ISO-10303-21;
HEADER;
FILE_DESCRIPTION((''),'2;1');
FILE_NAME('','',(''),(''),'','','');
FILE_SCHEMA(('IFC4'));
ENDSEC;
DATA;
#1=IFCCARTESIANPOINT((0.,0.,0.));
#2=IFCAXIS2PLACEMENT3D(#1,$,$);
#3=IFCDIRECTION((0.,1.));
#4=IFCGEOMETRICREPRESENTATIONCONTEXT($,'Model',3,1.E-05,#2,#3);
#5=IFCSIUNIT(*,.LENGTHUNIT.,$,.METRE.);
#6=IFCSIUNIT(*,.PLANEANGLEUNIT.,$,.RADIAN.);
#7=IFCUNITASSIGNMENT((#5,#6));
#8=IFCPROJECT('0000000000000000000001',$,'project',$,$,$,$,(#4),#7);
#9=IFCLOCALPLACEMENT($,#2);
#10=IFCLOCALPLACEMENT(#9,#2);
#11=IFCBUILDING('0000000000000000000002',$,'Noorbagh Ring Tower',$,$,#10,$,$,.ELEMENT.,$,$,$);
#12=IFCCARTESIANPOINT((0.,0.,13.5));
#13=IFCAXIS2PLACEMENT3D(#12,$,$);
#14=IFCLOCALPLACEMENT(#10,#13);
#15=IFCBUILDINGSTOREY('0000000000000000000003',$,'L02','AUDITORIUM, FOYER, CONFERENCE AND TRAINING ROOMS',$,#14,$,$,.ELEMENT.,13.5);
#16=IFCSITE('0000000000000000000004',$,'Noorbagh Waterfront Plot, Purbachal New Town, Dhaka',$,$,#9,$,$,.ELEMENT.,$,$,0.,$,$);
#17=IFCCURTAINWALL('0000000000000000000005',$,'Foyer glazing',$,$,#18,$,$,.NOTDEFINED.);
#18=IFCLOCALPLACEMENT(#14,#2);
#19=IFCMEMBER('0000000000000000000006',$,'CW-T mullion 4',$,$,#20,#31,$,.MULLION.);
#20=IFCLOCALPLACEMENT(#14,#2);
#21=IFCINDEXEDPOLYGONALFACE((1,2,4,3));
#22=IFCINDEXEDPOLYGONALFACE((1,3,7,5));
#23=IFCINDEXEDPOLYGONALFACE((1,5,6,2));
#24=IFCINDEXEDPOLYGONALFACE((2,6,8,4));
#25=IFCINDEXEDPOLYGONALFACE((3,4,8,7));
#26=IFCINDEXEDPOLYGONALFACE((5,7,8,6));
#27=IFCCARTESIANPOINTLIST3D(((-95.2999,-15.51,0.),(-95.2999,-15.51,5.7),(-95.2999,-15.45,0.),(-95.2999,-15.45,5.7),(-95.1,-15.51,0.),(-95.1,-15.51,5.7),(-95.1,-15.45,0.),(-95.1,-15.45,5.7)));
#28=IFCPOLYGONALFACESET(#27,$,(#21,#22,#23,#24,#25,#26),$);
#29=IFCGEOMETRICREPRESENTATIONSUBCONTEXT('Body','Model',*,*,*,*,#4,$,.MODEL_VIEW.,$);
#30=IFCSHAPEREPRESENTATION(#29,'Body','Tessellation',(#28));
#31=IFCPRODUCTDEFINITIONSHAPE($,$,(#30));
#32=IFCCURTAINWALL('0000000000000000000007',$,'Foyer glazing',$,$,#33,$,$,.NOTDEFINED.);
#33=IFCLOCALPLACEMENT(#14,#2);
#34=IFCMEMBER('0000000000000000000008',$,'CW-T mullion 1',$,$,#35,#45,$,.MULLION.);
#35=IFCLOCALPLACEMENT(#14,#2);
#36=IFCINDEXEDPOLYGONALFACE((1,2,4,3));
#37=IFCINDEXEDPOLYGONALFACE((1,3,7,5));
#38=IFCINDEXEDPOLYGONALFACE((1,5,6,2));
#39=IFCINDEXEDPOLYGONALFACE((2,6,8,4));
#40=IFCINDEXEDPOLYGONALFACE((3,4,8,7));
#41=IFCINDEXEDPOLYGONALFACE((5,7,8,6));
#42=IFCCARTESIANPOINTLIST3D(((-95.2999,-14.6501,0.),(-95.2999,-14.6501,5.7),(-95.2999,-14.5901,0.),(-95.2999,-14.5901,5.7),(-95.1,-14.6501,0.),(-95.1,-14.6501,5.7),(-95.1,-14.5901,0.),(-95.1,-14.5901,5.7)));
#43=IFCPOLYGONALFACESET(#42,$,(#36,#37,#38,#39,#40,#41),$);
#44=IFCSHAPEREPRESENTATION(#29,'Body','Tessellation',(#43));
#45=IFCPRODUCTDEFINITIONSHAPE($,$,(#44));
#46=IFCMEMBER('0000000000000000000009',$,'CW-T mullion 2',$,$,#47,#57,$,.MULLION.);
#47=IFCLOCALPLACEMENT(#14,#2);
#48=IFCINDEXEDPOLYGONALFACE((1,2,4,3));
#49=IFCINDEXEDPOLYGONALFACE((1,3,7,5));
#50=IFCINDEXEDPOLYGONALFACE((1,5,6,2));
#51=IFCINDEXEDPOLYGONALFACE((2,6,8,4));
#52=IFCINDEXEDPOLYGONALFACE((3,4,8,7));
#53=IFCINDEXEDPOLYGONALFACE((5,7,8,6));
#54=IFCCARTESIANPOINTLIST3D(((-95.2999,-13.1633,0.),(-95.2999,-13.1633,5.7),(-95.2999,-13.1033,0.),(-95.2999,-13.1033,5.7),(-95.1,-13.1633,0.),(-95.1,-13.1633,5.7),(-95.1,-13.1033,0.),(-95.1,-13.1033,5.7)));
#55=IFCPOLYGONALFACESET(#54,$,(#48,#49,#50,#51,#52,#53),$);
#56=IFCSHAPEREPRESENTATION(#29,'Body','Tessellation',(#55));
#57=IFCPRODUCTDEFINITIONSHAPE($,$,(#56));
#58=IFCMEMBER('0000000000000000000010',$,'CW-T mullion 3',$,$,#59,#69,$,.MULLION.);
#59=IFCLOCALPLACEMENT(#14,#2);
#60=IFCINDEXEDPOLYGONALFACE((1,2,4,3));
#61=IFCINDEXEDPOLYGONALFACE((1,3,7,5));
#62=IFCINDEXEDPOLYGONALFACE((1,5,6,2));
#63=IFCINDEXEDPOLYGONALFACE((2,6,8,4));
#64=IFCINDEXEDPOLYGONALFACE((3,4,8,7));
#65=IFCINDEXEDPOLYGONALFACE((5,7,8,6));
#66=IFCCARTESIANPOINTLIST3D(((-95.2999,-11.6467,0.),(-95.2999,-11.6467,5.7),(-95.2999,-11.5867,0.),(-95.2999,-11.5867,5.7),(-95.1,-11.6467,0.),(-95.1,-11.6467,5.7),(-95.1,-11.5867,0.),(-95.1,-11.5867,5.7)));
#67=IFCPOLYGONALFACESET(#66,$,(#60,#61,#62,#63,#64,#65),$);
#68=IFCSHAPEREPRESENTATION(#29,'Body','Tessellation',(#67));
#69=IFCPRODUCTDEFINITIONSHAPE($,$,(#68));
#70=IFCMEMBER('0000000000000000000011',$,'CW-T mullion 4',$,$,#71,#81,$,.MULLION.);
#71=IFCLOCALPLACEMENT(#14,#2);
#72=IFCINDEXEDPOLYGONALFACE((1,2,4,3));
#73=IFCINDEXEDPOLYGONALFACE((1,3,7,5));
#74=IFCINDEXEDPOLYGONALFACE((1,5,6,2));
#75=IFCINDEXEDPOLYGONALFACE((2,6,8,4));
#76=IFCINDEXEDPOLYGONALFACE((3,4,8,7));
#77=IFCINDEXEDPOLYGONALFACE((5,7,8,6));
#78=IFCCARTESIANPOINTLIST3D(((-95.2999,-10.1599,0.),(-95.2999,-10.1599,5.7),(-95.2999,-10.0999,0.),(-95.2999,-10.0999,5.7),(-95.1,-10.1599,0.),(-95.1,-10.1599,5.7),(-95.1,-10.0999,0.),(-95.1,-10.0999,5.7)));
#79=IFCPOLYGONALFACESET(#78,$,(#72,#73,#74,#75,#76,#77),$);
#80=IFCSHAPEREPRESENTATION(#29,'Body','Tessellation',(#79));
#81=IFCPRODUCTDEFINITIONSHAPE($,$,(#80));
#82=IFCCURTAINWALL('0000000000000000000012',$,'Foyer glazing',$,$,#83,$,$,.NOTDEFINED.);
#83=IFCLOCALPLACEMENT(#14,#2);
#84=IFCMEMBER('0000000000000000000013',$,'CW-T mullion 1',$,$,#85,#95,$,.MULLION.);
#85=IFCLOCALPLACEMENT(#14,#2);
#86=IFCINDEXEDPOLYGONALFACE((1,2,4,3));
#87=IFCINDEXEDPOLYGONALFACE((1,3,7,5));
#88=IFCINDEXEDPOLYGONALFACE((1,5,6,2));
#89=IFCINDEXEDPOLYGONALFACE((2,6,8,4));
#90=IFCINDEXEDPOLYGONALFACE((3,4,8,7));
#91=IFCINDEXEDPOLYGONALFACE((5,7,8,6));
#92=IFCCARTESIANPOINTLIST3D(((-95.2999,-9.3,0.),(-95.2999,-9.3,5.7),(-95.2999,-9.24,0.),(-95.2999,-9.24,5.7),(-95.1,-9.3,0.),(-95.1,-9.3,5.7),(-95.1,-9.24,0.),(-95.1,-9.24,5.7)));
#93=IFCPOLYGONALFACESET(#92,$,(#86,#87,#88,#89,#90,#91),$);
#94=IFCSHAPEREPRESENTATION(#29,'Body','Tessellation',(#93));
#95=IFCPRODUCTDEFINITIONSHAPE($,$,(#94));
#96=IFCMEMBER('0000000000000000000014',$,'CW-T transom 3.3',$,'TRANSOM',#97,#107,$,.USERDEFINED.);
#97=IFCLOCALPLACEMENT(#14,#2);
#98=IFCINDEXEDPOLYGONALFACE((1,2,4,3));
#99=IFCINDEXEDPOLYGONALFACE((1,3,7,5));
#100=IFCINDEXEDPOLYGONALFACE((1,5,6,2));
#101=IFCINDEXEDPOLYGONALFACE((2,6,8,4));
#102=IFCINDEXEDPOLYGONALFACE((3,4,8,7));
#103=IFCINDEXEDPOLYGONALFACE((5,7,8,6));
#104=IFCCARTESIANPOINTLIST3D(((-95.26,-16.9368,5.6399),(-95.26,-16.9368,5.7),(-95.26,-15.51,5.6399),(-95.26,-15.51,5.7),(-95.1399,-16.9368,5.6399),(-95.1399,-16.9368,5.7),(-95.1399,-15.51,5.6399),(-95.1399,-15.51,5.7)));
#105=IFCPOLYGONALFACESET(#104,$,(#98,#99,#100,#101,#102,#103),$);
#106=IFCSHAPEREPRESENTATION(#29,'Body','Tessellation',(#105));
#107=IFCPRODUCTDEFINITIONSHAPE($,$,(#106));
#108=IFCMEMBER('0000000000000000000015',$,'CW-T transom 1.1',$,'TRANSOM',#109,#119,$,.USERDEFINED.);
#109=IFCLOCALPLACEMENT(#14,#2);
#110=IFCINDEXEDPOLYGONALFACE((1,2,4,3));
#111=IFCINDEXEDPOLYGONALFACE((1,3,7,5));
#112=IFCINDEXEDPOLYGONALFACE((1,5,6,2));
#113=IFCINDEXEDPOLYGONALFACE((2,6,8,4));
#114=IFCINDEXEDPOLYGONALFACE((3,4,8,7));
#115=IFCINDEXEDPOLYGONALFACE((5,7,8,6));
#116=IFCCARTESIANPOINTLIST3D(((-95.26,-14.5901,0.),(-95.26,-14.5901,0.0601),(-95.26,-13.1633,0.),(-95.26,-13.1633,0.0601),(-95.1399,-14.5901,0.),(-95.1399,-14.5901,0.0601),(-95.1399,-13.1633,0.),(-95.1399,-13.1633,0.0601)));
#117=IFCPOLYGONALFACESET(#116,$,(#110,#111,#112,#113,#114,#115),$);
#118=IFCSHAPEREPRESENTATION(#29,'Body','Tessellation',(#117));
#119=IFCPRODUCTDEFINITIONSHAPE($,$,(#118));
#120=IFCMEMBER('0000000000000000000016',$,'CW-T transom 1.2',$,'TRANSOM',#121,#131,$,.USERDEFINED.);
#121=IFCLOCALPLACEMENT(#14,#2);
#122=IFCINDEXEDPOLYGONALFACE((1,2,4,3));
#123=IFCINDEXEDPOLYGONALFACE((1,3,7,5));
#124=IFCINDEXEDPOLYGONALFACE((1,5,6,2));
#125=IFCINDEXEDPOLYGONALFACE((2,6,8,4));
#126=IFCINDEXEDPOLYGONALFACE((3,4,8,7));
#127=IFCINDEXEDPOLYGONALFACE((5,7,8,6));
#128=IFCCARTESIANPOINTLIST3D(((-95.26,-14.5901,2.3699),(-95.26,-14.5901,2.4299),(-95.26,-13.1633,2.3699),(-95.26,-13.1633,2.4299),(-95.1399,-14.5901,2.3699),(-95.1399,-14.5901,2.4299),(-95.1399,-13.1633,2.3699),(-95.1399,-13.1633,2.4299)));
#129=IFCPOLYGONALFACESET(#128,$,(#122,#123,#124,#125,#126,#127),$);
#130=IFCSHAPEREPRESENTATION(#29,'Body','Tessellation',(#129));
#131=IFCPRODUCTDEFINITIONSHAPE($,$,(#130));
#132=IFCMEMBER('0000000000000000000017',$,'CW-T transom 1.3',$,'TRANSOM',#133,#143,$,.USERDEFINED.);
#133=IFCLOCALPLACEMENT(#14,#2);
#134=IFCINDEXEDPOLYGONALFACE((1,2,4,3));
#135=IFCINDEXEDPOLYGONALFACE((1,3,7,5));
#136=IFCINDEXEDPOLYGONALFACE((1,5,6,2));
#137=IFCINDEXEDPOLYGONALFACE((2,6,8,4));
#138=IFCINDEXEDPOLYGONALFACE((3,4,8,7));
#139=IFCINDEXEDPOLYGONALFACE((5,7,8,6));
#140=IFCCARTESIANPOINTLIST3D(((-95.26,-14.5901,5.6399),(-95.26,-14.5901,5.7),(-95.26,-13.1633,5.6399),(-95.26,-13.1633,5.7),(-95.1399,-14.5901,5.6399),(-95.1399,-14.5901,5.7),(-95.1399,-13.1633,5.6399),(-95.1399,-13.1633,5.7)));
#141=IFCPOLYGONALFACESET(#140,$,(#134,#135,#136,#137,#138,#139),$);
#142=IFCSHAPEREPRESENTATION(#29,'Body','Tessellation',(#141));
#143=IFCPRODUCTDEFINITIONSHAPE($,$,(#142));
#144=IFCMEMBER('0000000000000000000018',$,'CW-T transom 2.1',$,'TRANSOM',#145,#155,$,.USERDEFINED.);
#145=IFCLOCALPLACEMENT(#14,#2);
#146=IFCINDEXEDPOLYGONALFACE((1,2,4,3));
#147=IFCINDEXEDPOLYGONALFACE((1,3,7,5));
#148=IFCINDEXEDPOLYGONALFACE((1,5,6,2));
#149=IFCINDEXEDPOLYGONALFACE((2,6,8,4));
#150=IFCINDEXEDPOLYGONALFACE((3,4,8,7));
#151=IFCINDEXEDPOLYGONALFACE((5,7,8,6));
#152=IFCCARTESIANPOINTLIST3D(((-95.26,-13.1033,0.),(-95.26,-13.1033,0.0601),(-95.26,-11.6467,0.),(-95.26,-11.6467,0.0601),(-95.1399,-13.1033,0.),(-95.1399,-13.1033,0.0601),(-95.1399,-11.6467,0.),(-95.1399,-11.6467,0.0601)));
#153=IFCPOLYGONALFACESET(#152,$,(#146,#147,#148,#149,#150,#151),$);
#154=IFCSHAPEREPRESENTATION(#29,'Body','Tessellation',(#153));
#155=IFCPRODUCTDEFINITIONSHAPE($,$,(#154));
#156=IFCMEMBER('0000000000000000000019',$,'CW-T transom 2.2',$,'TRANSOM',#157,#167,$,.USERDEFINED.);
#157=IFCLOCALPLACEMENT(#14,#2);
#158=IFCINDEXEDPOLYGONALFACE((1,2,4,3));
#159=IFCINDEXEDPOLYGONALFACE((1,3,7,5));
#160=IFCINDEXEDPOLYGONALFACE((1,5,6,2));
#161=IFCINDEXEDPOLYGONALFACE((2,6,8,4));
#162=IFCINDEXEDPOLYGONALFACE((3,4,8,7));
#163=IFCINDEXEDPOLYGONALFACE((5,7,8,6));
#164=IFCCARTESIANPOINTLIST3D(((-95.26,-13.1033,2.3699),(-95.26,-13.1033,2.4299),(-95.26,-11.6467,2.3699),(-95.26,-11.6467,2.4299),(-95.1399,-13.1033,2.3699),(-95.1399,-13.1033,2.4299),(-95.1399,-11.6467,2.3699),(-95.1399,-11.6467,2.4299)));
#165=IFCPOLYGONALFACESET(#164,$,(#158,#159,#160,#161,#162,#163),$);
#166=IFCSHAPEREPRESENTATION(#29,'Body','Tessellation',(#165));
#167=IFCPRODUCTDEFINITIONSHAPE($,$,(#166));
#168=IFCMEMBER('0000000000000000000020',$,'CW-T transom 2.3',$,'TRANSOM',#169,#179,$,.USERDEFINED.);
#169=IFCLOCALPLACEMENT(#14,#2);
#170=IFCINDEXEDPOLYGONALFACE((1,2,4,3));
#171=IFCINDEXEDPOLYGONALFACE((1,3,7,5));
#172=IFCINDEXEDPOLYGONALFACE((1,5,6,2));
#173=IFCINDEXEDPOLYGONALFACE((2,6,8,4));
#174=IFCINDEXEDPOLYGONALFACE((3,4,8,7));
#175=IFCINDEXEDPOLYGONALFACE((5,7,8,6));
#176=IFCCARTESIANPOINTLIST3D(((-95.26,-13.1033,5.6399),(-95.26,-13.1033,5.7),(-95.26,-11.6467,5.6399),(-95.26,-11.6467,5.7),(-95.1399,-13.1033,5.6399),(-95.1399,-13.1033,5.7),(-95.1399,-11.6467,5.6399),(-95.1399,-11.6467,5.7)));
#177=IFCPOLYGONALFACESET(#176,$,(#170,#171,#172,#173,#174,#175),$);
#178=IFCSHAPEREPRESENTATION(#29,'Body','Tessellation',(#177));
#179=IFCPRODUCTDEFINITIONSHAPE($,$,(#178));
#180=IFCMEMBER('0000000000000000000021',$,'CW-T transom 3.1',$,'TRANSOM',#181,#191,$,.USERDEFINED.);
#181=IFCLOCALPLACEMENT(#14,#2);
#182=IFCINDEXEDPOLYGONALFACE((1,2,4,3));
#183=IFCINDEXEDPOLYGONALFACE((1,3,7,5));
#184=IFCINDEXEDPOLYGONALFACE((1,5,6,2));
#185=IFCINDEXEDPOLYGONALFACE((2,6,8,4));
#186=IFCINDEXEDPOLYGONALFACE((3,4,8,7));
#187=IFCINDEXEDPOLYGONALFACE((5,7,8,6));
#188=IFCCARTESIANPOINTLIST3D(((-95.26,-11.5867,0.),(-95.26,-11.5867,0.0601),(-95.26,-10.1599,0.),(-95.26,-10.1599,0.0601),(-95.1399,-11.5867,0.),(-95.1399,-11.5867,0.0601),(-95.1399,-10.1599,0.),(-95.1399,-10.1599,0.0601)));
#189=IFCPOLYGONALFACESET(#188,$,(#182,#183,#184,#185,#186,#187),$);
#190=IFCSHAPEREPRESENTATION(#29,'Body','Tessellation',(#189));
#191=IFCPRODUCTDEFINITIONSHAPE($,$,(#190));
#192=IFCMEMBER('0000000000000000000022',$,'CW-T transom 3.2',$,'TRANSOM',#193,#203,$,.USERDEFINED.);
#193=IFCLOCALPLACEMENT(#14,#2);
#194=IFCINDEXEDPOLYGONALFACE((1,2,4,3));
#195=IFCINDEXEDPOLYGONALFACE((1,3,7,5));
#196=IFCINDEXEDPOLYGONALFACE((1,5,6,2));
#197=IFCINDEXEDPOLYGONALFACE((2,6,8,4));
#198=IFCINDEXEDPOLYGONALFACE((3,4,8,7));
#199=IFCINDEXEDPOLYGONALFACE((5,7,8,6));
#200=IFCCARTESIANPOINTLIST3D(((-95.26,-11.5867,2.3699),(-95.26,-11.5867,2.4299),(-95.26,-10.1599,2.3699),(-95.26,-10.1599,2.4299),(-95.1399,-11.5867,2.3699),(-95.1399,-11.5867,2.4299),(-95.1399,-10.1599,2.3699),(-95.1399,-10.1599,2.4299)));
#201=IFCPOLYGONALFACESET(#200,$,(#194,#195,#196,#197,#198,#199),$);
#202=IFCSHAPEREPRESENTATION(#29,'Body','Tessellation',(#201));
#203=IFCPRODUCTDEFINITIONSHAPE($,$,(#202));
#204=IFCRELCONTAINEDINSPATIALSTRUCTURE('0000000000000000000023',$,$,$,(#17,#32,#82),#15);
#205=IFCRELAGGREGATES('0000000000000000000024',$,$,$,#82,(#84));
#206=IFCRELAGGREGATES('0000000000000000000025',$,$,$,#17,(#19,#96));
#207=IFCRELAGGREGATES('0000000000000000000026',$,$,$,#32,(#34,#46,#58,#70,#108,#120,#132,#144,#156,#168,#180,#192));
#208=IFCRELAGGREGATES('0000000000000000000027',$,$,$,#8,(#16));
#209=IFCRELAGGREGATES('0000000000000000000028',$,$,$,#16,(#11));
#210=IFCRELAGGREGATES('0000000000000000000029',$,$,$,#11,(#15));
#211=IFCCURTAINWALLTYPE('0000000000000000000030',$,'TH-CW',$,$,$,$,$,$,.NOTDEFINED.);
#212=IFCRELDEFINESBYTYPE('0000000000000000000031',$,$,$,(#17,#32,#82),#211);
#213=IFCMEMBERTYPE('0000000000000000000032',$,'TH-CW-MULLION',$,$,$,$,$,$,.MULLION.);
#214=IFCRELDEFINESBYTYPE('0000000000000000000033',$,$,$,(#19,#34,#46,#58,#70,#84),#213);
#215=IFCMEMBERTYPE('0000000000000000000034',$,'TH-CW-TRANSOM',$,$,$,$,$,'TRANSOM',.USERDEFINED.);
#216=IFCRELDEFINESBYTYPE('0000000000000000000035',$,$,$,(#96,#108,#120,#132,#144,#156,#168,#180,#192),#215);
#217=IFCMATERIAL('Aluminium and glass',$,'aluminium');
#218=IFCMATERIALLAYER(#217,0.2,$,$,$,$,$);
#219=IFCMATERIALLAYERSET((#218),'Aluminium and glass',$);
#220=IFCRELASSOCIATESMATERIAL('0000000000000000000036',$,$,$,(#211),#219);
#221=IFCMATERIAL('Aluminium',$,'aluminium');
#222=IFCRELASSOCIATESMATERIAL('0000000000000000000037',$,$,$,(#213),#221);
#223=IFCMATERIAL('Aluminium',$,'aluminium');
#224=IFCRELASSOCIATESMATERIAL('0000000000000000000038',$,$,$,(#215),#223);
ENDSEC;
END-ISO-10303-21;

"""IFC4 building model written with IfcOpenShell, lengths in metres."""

from ifc_helpers import new_model, si_unit, direction, frame, origin, origin_2d, place, context, subcontext, project, spatial, rectangle, extrude, material, layer, layer_set, material_profile, profile_set, type_object, element, aggregate, save


model = new_model("IFC4")

# Units and contexts
model_context = context("Model", 3, precision=1e-05, world=origin(), true_north=direction((0.0, 1.0)))
body_context = subcontext(model_context, "Body", "Model", "MODEL_VIEW")
ifc_project = project(units=[si_unit("LENGTHUNIT", "METRE"), si_unit("PLANEANGLEUNIT", "RADIAN")], contexts=[model_context])

# Site, building, storey
site_placement = place(None, origin())
site = spatial("IfcSite", under=ifc_project, at=site_placement, Name="Noorbagh Waterfront Plot, Purbachal New Town, Dhaka", CompositionType="ELEMENT", RefElevation=0.0)
building_placement = place(site_placement, origin())
building = spatial("IfcBuilding", under=site, at=building_placement, Name="Noorbagh Ring Tower", CompositionType="ELEMENT")
storey_placement = place(building_placement, frame((0.0, 0.0, 13.5)))
storey = spatial("IfcBuildingStorey", under=building, at=storey_placement, Name="L02", Description="AUDITORIUM, FOYER, CONFERENCE AND TRAINING ROOMS", CompositionType="ELEMENT", Elevation=13.5)

# Curtain wall, member
ifc_material_1 = material(Name="Aluminium and glass", Category="aluminium")
ifc_layer_1 = layer(ifc_material_1, 0.2)
ifc_layer_set_1 = layer_set([ifc_layer_1], Name="Aluminium and glass")
curtain_wall_type = type_object("IfcCurtainWallType", Name="TH-CW", PredefinedType="NOTDEFINED", material=ifc_layer_set_1)
curtain_wall_1_placement = place(storey_placement, origin())
curtain_wall_1 = element("IfcCurtainWall", 1, at=curtain_wall_1_placement, inside=storey, type_object=curtain_wall_type, Name="Foyer glazing", PredefinedType="NOTDEFINED")
ifc_material_2 = material(Name="Aluminium", Category="aluminium")
ifc_material_profile_1 = material_profile(ifc_material_2, rectangle(XDim=0.2, YDim=0.0601, at=origin_2d()), Name="AL 200x60")
ifc_profile_set_1 = profile_set([ifc_material_profile_1], Name="Aluminium")
member_type_1 = type_object("IfcMemberType", Name="TH-CW-MULLION", PredefinedType="MULLION", material=ifc_profile_set_1)
member_1_placement = place(storey_placement, frame((-95.2, -15.48, 0.0), z_axis=(0.0, 0.0, 1.0), x_axis=(-1.0, 0.0, 0.0)))
member_1 = element("IfcMember", 2, at=member_1_placement, type_object=member_type_1, Name="CW-T mullion 4", PredefinedType="MULLION", context=body_context, shape_type="SweptSolid", body=[
    extrude(rectangle(XDim=0.2, YDim=0.0601, at=origin_2d()), origin(), (0.0, 0.0, 1.0), 5.7),
])

# Curtain wall, members
curtain_wall_2_placement = place(storey_placement, origin())
curtain_wall_2 = element("IfcCurtainWall", 3, at=curtain_wall_2_placement, inside=storey, type_object=curtain_wall_type, Name="Foyer glazing", PredefinedType="NOTDEFINED")
member_2_placement = place(storey_placement, frame((-95.2, -14.6201, 0.0), z_axis=(0.0, 0.0, 1.0), x_axis=(-1.0, 0.0, 0.0)))
member_2 = element("IfcMember", 4, at=member_2_placement, type_object=member_type_1, Name="CW-T mullion 1", PredefinedType="MULLION", context=body_context, shape_type="SweptSolid", body=[
    extrude(rectangle(XDim=0.2, YDim=0.0601, at=origin_2d()), origin(), (0.0, 0.0, 1.0), 5.7),
])
member_3_placement = place(storey_placement, frame((-95.2, -13.1333, 0.0), z_axis=(0.0, 0.0, 1.0), x_axis=(-1.0, 0.0, 0.0)))
member_3 = element("IfcMember", 5, at=member_3_placement, type_object=member_type_1, Name="CW-T mullion 2", PredefinedType="MULLION", context=body_context, shape_type="SweptSolid", body=[
    extrude(rectangle(XDim=0.2, YDim=0.0601, at=origin_2d()), origin(), (0.0, 0.0, 1.0), 5.7),
])
member_4_placement = place(storey_placement, frame((-95.2, -11.6167, 0.0), z_axis=(0.0, 0.0, 1.0), x_axis=(-1.0, 0.0, 0.0)))
member_4 = element("IfcMember", 6, at=member_4_placement, type_object=member_type_1, Name="CW-T mullion 3", PredefinedType="MULLION", context=body_context, shape_type="SweptSolid", body=[
    extrude(rectangle(XDim=0.2, YDim=0.0601, at=origin_2d()), origin(), (0.0, 0.0, 1.0), 5.7),
])
member_5_placement = place(storey_placement, frame((-95.2, -10.1299, 0.0), z_axis=(0.0, 0.0, 1.0), x_axis=(-1.0, 0.0, 0.0)))
member_5 = element("IfcMember", 7, at=member_5_placement, type_object=member_type_1, Name="CW-T mullion 4", PredefinedType="MULLION", context=body_context, shape_type="SweptSolid", body=[
    extrude(rectangle(XDim=0.2, YDim=0.0601, at=origin_2d()), origin(), (0.0, 0.0, 1.0), 5.7),
])

# Curtain wall, member
curtain_wall_3_placement = place(storey_placement, origin())
curtain_wall_3 = element("IfcCurtainWall", 8, at=curtain_wall_3_placement, inside=storey, type_object=curtain_wall_type, Name="Foyer glazing", PredefinedType="NOTDEFINED")
member_6_placement = place(storey_placement, frame((-95.2, -9.27, 0.0), z_axis=(0.0, 0.0, 1.0), x_axis=(-1.0, 0.0, 0.0)))
member_6 = element("IfcMember", 9, at=member_6_placement, type_object=member_type_1, Name="CW-T mullion 1", PredefinedType="MULLION", context=body_context, shape_type="SweptSolid", body=[
    extrude(rectangle(XDim=0.2, YDim=0.0601, at=origin_2d()), origin(), (0.0, 0.0, 1.0), 5.7),
])

# Members
ifc_material_3 = material(Name="Aluminium", Category="aluminium")
ifc_material_profile_2 = material_profile(ifc_material_3, rectangle(XDim=0.1201, YDim=0.0601, at=origin_2d()), Name="AL 120x60")
ifc_profile_set_2 = profile_set([ifc_material_profile_2], Name="Aluminium")
member_type_2 = type_object("IfcMemberType", Name="TH-CW-TRANSOM", ElementType="TRANSOM", PredefinedType="USERDEFINED", material=ifc_profile_set_2)
member_7_placement = place(storey_placement, frame((-95.2, -16.9368, 5.6699), z_axis=(0.0, 1.0, 0.0), x_axis=(-1.0, 0.0, 0.0)))
member_7 = element("IfcMember", 10, at=member_7_placement, type_object=member_type_2, Name="CW-T transom 3.3", ObjectType="TRANSOM", PredefinedType="USERDEFINED", context=body_context, shape_type="SweptSolid", body=[
    extrude(rectangle(XDim=0.1201, YDim=0.0601, at=origin_2d()), origin(), (0.0, 0.0, 1.0), 1.4268),
])
member_8_placement = place(storey_placement, frame((-95.2, -14.5901, 0.03), z_axis=(0.0, 1.0, 0.0), x_axis=(-1.0, 0.0, 0.0)))
member_8 = element("IfcMember", 11, at=member_8_placement, type_object=member_type_2, Name="CW-T transom 1.1", ObjectType="TRANSOM", PredefinedType="USERDEFINED", context=body_context, shape_type="SweptSolid", body=[
    extrude(rectangle(XDim=0.1201, YDim=0.0601, at=origin_2d()), origin(), (0.0, 0.0, 1.0), 1.4268),
])
member_9_placement = place(storey_placement, frame((-95.2, -14.5901, 2.3999), z_axis=(0.0, 1.0, 0.0), x_axis=(-1.0, 0.0, 0.0)))
member_9 = element("IfcMember", 12, at=member_9_placement, type_object=member_type_2, Name="CW-T transom 1.2", ObjectType="TRANSOM", PredefinedType="USERDEFINED", context=body_context, shape_type="SweptSolid", body=[
    extrude(rectangle(XDim=0.1201, YDim=0.0601, at=origin_2d()), origin(), (0.0, 0.0, 1.0), 1.4268),
])
member_10_placement = place(storey_placement, frame((-95.2, -14.5901, 5.6699), z_axis=(0.0, 1.0, 0.0), x_axis=(-1.0, 0.0, 0.0)))
member_10 = element("IfcMember", 13, at=member_10_placement, type_object=member_type_2, Name="CW-T transom 1.3", ObjectType="TRANSOM", PredefinedType="USERDEFINED", context=body_context, shape_type="SweptSolid", body=[
    extrude(rectangle(XDim=0.1201, YDim=0.0601, at=origin_2d()), origin(), (0.0, 0.0, 1.0), 1.4268),
])
member_11_placement = place(storey_placement, frame((-95.2, -13.1033, 0.03), z_axis=(0.0, 1.0, 0.0), x_axis=(-1.0, 0.0, 0.0)))
member_11 = element("IfcMember", 14, at=member_11_placement, type_object=member_type_2, Name="CW-T transom 2.1", ObjectType="TRANSOM", PredefinedType="USERDEFINED", context=body_context, shape_type="SweptSolid", body=[
    extrude(rectangle(XDim=0.1201, YDim=0.0601, at=origin_2d()), origin(), (0.0, 0.0, 1.0), 1.4565),
])
member_12_placement = place(storey_placement, frame((-95.2, -13.1033, 2.3999), z_axis=(0.0, 1.0, 0.0), x_axis=(-1.0, 0.0, 0.0)))
member_12 = element("IfcMember", 15, at=member_12_placement, type_object=member_type_2, Name="CW-T transom 2.2", ObjectType="TRANSOM", PredefinedType="USERDEFINED", context=body_context, shape_type="SweptSolid", body=[
    extrude(rectangle(XDim=0.1201, YDim=0.0601, at=origin_2d()), origin(), (0.0, 0.0, 1.0), 1.4565),
])
member_13_placement = place(storey_placement, frame((-95.2, -13.1033, 5.6699), z_axis=(0.0, 1.0, 0.0), x_axis=(-1.0, 0.0, 0.0)))
member_13 = element("IfcMember", 16, at=member_13_placement, type_object=member_type_2, Name="CW-T transom 2.3", ObjectType="TRANSOM", PredefinedType="USERDEFINED", context=body_context, shape_type="SweptSolid", body=[
    extrude(rectangle(XDim=0.1201, YDim=0.0601, at=origin_2d()), origin(), (0.0, 0.0, 1.0), 1.4565),
])
member_14_placement = place(storey_placement, frame((-95.2, -11.5867, 0.03), z_axis=(0.0, 1.0, 0.0), x_axis=(-1.0, 0.0, 0.0)))
member_14 = element("IfcMember", 17, at=member_14_placement, type_object=member_type_2, Name="CW-T transom 3.1", ObjectType="TRANSOM", PredefinedType="USERDEFINED", context=body_context, shape_type="SweptSolid", body=[
    extrude(rectangle(XDim=0.1201, YDim=0.0601, at=origin_2d()), origin(), (0.0, 0.0, 1.0), 1.4268),
])
member_15_placement = place(storey_placement, frame((-95.2, -11.5867, 2.3999), z_axis=(0.0, 1.0, 0.0), x_axis=(-1.0, 0.0, 0.0)))
member_15 = element("IfcMember", 18, at=member_15_placement, type_object=member_type_2, Name="CW-T transom 3.2", ObjectType="TRANSOM", PredefinedType="USERDEFINED", context=body_context, shape_type="SweptSolid", body=[
    extrude(rectangle(XDim=0.1201, YDim=0.0601, at=origin_2d()), origin(), (0.0, 0.0, 1.0), 1.4268),
])
aggregate(curtain_wall_3, [member_6])

aggregate(curtain_wall_1, [member_1, member_7])
aggregate(curtain_wall_2, [member_2, member_3, member_4, member_5, member_8, member_9, member_10, member_11, member_12, member_13, member_14, member_15])

save(model, "model.ifc")
